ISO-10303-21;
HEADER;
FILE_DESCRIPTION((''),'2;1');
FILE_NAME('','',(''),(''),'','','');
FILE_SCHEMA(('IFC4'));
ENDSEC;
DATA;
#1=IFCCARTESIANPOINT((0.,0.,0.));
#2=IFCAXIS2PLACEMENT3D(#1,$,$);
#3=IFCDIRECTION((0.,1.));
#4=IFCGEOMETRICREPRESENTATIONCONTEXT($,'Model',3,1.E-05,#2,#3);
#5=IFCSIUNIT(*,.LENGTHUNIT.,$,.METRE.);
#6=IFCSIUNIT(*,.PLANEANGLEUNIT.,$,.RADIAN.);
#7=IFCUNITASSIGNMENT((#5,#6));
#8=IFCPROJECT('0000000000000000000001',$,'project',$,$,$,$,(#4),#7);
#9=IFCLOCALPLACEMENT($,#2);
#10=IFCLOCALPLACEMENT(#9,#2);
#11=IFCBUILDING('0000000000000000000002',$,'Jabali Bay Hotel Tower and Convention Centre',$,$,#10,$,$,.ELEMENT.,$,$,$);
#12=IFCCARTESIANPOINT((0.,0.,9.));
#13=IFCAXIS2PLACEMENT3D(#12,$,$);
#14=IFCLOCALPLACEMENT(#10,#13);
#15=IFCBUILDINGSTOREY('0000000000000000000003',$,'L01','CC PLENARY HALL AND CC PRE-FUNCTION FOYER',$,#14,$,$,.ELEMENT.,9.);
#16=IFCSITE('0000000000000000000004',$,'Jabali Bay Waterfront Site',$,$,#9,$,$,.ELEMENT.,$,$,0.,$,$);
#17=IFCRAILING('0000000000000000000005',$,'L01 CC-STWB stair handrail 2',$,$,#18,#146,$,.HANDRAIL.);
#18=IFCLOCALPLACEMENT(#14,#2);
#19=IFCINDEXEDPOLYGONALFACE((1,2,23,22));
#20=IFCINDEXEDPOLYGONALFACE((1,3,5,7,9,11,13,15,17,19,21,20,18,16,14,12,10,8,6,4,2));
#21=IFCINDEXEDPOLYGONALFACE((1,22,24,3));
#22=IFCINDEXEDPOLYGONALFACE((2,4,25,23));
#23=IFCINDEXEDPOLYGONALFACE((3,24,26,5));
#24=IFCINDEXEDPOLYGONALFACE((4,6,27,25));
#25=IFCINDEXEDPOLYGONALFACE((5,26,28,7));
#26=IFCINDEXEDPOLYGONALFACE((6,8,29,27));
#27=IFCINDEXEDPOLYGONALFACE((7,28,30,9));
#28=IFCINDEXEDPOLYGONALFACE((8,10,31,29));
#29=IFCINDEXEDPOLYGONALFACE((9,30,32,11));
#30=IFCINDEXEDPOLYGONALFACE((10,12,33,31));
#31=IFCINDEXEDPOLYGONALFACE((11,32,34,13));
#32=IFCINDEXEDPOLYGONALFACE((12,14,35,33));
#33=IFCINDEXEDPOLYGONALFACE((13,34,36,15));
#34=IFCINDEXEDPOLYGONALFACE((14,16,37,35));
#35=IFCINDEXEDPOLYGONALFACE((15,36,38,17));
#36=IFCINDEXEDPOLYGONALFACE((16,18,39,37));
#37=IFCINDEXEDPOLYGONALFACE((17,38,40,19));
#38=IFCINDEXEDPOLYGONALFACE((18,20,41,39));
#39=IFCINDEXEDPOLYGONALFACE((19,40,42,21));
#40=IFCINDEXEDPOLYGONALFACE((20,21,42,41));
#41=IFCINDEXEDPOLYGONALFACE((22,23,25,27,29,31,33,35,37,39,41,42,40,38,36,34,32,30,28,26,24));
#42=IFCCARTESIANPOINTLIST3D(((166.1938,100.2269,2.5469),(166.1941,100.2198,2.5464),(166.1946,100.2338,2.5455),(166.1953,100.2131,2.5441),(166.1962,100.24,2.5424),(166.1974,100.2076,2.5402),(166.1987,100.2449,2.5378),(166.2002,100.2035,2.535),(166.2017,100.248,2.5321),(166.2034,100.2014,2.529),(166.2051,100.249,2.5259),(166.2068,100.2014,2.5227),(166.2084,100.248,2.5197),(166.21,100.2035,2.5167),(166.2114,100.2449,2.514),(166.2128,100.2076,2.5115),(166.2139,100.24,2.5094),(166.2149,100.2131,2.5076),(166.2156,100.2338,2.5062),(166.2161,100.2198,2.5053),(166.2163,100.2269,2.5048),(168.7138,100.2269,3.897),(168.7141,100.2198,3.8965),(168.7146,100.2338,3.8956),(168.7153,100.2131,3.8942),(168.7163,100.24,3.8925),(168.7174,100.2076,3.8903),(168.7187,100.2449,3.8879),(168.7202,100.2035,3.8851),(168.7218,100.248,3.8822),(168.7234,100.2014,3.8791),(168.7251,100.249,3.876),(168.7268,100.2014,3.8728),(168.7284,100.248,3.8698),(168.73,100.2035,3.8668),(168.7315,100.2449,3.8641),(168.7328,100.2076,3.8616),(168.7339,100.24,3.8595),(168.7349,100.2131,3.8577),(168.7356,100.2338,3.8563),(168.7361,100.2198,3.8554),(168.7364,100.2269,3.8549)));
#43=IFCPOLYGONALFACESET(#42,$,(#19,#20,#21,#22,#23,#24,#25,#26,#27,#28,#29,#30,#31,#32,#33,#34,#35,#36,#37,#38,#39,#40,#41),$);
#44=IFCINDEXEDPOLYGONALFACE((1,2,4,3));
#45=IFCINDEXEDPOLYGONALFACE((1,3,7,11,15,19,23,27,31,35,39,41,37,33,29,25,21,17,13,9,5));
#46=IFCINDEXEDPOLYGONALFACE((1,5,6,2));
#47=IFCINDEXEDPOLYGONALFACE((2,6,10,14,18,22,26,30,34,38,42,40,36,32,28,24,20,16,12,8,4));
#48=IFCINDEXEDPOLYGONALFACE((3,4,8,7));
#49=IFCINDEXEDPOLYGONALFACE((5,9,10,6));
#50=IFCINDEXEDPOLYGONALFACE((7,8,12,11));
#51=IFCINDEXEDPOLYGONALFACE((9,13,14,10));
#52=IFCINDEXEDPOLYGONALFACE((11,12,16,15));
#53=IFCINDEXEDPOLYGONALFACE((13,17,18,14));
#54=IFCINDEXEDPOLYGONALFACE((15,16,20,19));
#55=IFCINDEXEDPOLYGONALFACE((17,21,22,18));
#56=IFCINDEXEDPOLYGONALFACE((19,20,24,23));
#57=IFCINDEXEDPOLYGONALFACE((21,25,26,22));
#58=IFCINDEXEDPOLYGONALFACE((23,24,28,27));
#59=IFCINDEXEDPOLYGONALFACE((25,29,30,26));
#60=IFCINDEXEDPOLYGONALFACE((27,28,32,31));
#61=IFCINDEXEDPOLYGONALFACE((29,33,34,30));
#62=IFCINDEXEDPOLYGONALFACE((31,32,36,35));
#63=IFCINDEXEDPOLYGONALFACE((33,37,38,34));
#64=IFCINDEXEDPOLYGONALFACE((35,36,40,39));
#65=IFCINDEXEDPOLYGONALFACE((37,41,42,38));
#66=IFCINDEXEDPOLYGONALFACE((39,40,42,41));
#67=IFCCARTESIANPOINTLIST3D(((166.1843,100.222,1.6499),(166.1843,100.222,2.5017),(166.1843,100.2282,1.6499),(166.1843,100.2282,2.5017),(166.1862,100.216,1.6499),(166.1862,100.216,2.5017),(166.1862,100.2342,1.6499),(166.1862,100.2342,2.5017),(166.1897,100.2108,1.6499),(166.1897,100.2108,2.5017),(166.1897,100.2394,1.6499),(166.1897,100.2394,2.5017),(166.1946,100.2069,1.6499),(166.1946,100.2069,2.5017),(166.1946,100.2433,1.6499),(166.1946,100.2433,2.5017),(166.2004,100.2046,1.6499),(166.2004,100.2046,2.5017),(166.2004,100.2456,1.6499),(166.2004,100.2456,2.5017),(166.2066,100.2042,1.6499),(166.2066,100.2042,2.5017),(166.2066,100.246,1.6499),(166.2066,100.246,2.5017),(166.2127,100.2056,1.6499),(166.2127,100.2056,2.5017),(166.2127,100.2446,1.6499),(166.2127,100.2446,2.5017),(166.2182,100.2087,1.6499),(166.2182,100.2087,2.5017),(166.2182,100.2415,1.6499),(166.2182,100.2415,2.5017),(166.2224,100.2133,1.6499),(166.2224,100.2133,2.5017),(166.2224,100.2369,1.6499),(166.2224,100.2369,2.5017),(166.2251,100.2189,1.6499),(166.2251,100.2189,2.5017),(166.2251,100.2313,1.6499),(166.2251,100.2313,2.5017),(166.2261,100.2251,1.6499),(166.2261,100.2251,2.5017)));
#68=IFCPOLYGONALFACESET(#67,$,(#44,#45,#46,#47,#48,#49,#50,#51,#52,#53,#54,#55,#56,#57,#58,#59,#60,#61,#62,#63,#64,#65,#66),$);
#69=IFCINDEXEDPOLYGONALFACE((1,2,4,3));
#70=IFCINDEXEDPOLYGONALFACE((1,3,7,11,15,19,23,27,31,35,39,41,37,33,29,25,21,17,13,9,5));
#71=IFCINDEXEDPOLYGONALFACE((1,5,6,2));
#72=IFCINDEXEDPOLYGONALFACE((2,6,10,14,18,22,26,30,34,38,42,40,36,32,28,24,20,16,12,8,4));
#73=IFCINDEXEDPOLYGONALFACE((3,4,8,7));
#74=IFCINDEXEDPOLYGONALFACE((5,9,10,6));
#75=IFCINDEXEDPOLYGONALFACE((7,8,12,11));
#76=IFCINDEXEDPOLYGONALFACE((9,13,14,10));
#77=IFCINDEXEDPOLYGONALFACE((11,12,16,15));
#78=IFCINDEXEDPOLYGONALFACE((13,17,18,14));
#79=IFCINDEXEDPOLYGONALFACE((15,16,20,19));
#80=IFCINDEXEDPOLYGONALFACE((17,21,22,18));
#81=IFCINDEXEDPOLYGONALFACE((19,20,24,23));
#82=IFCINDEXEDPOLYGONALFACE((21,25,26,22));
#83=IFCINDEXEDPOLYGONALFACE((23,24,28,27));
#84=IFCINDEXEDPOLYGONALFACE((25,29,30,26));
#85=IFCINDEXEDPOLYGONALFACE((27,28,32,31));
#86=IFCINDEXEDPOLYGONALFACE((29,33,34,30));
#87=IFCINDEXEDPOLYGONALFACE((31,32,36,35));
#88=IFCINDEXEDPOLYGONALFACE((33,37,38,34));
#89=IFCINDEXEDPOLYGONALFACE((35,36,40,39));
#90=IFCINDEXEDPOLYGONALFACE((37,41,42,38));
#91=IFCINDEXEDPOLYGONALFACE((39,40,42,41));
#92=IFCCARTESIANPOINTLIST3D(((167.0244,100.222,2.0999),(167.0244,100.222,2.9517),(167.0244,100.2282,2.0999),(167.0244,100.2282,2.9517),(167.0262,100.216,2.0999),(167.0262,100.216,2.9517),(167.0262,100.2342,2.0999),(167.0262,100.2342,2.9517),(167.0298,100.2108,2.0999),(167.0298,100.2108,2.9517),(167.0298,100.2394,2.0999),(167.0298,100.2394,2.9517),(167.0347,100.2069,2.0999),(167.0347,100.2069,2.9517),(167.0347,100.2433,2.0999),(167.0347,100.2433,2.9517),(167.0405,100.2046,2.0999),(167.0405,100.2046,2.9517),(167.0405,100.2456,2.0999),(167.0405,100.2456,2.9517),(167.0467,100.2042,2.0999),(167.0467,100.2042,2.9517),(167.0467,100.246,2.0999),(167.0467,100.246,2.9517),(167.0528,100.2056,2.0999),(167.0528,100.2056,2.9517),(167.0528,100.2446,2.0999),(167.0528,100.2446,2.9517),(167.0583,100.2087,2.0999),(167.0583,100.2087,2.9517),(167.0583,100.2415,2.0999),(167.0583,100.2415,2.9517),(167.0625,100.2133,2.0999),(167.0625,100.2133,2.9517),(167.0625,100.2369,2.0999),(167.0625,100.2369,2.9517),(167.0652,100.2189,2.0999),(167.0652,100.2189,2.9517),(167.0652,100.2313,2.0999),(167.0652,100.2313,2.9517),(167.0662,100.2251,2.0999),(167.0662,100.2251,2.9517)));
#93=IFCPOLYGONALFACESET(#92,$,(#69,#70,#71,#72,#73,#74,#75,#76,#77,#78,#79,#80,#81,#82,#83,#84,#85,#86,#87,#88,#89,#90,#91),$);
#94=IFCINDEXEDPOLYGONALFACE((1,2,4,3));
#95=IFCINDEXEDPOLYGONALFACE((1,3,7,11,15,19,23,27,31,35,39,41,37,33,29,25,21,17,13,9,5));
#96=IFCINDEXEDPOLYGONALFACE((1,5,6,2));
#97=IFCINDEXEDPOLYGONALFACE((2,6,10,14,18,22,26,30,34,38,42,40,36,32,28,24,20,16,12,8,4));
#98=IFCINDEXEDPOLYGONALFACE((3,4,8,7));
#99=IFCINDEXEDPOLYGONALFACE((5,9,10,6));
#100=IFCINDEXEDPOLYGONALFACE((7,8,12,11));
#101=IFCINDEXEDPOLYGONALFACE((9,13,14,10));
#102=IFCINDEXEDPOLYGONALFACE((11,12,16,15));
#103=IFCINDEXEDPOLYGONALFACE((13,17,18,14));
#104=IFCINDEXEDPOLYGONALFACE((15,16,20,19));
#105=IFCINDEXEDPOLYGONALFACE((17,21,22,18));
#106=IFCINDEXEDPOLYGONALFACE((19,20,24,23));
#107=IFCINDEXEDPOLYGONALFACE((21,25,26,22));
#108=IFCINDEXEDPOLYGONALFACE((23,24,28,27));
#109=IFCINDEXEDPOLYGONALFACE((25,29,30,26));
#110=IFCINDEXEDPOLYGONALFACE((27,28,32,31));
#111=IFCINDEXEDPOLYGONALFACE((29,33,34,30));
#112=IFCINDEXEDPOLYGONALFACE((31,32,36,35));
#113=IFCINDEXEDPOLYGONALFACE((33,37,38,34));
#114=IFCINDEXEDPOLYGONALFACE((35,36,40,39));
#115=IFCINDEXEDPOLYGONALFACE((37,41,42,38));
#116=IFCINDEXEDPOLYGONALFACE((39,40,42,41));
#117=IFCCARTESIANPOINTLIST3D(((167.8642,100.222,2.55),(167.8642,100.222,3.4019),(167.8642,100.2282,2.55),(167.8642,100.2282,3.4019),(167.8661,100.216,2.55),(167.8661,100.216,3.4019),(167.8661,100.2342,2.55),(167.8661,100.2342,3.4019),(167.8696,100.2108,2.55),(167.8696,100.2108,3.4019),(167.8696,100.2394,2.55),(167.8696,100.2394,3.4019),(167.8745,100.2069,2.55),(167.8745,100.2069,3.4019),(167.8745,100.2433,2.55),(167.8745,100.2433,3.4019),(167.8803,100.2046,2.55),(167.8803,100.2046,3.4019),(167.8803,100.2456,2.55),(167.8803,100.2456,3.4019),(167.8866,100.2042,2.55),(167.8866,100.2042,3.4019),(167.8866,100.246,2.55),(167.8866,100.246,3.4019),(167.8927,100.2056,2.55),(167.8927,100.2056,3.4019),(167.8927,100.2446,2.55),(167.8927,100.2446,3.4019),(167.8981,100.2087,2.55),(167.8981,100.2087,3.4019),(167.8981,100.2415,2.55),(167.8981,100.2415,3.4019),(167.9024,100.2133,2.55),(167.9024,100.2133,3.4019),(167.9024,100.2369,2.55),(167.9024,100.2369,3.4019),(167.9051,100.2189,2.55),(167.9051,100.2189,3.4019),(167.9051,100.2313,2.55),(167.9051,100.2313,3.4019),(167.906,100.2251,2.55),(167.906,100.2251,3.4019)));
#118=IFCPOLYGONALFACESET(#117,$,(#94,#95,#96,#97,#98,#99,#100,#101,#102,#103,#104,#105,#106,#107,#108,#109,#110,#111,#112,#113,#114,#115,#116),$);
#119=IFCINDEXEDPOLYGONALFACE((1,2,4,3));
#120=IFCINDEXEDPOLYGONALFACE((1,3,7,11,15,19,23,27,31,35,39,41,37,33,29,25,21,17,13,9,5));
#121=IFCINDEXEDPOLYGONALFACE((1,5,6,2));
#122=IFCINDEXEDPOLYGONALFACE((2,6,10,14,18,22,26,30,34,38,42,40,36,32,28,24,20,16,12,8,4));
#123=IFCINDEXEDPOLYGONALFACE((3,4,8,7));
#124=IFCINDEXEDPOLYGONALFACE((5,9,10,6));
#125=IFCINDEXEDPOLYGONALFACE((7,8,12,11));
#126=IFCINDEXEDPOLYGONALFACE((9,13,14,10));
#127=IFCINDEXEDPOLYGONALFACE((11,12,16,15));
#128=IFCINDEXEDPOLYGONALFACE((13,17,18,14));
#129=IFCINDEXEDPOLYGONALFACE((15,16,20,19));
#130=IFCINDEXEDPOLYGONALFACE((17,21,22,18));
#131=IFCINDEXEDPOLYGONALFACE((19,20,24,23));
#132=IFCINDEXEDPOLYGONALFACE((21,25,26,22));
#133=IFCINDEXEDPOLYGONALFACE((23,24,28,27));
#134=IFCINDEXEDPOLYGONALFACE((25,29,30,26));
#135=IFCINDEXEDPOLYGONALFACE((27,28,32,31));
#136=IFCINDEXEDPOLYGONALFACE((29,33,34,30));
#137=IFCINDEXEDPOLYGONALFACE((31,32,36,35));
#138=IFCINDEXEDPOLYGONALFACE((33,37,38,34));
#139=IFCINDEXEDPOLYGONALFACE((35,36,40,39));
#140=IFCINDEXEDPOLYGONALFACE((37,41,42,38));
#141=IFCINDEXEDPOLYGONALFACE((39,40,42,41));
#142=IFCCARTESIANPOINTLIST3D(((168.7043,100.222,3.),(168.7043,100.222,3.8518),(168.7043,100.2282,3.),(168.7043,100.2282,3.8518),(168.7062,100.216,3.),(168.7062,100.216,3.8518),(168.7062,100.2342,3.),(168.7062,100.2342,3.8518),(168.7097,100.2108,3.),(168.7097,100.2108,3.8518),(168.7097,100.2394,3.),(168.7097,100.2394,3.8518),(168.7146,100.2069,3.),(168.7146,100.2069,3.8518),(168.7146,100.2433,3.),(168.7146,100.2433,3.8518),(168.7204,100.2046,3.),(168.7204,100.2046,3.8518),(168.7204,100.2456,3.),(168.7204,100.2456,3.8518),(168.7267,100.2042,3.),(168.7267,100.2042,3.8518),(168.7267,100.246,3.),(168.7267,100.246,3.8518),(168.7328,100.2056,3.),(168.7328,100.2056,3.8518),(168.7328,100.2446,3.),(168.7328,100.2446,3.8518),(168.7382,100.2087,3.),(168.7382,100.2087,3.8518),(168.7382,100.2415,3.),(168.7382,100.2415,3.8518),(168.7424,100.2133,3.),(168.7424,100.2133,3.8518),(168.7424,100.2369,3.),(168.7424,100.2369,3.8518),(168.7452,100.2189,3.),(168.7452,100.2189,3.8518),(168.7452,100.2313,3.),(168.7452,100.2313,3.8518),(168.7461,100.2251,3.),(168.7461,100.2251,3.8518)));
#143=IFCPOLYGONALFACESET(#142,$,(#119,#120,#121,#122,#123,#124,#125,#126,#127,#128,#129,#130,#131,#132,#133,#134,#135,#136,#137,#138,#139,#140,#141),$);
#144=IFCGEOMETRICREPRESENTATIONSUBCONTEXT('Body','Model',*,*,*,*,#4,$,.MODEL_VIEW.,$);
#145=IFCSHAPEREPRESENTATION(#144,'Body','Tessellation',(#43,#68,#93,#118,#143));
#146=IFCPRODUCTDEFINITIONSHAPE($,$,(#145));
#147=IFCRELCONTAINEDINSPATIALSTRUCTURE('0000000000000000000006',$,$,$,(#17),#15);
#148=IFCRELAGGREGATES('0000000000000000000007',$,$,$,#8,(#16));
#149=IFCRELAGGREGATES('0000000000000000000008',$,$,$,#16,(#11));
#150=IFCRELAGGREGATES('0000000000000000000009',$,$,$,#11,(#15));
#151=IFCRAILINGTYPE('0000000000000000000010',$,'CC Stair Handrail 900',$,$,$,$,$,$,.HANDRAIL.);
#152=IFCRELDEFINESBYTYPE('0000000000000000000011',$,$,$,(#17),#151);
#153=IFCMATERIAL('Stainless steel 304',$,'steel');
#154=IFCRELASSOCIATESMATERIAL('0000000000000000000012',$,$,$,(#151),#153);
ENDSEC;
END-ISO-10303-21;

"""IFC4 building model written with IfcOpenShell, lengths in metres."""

from ifc_helpers import new_model, si_unit, direction, frame, origin, origin_2d, place, context, subcontext, project, spatial, circle, extrude, material, type_object, element, save


model = new_model("IFC4")

# Units and contexts
model_context = context("Model", 3, precision=1e-05, world=origin(), true_north=direction((0.0, 1.0)))
body_context = subcontext(model_context, "Body", "Model", "MODEL_VIEW")
ifc_project = project(units=[si_unit("LENGTHUNIT", "METRE"), si_unit("PLANEANGLEUNIT", "RADIAN")], contexts=[model_context])

# Site, building, storey
site_placement = place(None, origin())
site = spatial("IfcSite", under=ifc_project, at=site_placement, Name="Jabali Bay Waterfront Site", CompositionType="ELEMENT", RefElevation=0.0)
building_placement = place(site_placement, origin())
building = spatial("IfcBuilding", under=site, at=building_placement, Name="Jabali Bay Hotel Tower and Convention Centre", CompositionType="ELEMENT")
storey_placement = place(building_placement, frame((0.0, 0.0, 9.0)))
storey = spatial("IfcBuildingStorey", under=building, at=storey_placement, Name="L01", Description="CC PLENARY HALL AND CC PRE-FUNCTION FOYER", CompositionType="ELEMENT", Elevation=9.0)

# Railing
ifc_material_1 = material(Name="Stainless steel 304", Category="steel")
railing_type_1 = type_object("IfcRailingType", Name="CC Stair Handrail 900", PredefinedType="HANDRAIL", material=ifc_material_1)
for number, where, name in (
    (1, (166.2051, 100.2251, 1.6499), "L01 CC-STWB stair handrail 2"),
):
    element("IfcRailing", number, at=place(storey_placement, frame(where)), inside=storey, type_object=railing_type_1, Name=name, PredefinedType="HANDRAIL", context=body_context, shape_type="SweptSolid", body=[
        extrude(circle(Radius=0.0239, at=origin_2d()), frame((0.0, 0.0, 0.876), z_axis=(0.881467, 0.0, 0.472245), x_axis=(0.0, 1.0, 0.0)), (0.0, 0.0, 1.0), 2.8589),
        extrude(circle(Radius=0.021, at=origin_2d()), origin(), (0.0, 0.0, 1.0), 0.8518),
        extrude(circle(Radius=0.021, at=origin_2d()), frame((0.8401, 0.0, 0.45)), (0.0, 0.0, 1.0), 0.8518),
        extrude(circle(Radius=0.021, at=origin_2d()), frame((1.6799, 0.0, 0.9001)), (0.0, 0.0, 1.0), 0.8518),
        extrude(circle(Radius=0.021, at=origin_2d()), frame((2.52, 0.0, 1.3501)), (0.0, 0.0, 1.0), 0.8518),
    ])

save(model, "model.ifc")
